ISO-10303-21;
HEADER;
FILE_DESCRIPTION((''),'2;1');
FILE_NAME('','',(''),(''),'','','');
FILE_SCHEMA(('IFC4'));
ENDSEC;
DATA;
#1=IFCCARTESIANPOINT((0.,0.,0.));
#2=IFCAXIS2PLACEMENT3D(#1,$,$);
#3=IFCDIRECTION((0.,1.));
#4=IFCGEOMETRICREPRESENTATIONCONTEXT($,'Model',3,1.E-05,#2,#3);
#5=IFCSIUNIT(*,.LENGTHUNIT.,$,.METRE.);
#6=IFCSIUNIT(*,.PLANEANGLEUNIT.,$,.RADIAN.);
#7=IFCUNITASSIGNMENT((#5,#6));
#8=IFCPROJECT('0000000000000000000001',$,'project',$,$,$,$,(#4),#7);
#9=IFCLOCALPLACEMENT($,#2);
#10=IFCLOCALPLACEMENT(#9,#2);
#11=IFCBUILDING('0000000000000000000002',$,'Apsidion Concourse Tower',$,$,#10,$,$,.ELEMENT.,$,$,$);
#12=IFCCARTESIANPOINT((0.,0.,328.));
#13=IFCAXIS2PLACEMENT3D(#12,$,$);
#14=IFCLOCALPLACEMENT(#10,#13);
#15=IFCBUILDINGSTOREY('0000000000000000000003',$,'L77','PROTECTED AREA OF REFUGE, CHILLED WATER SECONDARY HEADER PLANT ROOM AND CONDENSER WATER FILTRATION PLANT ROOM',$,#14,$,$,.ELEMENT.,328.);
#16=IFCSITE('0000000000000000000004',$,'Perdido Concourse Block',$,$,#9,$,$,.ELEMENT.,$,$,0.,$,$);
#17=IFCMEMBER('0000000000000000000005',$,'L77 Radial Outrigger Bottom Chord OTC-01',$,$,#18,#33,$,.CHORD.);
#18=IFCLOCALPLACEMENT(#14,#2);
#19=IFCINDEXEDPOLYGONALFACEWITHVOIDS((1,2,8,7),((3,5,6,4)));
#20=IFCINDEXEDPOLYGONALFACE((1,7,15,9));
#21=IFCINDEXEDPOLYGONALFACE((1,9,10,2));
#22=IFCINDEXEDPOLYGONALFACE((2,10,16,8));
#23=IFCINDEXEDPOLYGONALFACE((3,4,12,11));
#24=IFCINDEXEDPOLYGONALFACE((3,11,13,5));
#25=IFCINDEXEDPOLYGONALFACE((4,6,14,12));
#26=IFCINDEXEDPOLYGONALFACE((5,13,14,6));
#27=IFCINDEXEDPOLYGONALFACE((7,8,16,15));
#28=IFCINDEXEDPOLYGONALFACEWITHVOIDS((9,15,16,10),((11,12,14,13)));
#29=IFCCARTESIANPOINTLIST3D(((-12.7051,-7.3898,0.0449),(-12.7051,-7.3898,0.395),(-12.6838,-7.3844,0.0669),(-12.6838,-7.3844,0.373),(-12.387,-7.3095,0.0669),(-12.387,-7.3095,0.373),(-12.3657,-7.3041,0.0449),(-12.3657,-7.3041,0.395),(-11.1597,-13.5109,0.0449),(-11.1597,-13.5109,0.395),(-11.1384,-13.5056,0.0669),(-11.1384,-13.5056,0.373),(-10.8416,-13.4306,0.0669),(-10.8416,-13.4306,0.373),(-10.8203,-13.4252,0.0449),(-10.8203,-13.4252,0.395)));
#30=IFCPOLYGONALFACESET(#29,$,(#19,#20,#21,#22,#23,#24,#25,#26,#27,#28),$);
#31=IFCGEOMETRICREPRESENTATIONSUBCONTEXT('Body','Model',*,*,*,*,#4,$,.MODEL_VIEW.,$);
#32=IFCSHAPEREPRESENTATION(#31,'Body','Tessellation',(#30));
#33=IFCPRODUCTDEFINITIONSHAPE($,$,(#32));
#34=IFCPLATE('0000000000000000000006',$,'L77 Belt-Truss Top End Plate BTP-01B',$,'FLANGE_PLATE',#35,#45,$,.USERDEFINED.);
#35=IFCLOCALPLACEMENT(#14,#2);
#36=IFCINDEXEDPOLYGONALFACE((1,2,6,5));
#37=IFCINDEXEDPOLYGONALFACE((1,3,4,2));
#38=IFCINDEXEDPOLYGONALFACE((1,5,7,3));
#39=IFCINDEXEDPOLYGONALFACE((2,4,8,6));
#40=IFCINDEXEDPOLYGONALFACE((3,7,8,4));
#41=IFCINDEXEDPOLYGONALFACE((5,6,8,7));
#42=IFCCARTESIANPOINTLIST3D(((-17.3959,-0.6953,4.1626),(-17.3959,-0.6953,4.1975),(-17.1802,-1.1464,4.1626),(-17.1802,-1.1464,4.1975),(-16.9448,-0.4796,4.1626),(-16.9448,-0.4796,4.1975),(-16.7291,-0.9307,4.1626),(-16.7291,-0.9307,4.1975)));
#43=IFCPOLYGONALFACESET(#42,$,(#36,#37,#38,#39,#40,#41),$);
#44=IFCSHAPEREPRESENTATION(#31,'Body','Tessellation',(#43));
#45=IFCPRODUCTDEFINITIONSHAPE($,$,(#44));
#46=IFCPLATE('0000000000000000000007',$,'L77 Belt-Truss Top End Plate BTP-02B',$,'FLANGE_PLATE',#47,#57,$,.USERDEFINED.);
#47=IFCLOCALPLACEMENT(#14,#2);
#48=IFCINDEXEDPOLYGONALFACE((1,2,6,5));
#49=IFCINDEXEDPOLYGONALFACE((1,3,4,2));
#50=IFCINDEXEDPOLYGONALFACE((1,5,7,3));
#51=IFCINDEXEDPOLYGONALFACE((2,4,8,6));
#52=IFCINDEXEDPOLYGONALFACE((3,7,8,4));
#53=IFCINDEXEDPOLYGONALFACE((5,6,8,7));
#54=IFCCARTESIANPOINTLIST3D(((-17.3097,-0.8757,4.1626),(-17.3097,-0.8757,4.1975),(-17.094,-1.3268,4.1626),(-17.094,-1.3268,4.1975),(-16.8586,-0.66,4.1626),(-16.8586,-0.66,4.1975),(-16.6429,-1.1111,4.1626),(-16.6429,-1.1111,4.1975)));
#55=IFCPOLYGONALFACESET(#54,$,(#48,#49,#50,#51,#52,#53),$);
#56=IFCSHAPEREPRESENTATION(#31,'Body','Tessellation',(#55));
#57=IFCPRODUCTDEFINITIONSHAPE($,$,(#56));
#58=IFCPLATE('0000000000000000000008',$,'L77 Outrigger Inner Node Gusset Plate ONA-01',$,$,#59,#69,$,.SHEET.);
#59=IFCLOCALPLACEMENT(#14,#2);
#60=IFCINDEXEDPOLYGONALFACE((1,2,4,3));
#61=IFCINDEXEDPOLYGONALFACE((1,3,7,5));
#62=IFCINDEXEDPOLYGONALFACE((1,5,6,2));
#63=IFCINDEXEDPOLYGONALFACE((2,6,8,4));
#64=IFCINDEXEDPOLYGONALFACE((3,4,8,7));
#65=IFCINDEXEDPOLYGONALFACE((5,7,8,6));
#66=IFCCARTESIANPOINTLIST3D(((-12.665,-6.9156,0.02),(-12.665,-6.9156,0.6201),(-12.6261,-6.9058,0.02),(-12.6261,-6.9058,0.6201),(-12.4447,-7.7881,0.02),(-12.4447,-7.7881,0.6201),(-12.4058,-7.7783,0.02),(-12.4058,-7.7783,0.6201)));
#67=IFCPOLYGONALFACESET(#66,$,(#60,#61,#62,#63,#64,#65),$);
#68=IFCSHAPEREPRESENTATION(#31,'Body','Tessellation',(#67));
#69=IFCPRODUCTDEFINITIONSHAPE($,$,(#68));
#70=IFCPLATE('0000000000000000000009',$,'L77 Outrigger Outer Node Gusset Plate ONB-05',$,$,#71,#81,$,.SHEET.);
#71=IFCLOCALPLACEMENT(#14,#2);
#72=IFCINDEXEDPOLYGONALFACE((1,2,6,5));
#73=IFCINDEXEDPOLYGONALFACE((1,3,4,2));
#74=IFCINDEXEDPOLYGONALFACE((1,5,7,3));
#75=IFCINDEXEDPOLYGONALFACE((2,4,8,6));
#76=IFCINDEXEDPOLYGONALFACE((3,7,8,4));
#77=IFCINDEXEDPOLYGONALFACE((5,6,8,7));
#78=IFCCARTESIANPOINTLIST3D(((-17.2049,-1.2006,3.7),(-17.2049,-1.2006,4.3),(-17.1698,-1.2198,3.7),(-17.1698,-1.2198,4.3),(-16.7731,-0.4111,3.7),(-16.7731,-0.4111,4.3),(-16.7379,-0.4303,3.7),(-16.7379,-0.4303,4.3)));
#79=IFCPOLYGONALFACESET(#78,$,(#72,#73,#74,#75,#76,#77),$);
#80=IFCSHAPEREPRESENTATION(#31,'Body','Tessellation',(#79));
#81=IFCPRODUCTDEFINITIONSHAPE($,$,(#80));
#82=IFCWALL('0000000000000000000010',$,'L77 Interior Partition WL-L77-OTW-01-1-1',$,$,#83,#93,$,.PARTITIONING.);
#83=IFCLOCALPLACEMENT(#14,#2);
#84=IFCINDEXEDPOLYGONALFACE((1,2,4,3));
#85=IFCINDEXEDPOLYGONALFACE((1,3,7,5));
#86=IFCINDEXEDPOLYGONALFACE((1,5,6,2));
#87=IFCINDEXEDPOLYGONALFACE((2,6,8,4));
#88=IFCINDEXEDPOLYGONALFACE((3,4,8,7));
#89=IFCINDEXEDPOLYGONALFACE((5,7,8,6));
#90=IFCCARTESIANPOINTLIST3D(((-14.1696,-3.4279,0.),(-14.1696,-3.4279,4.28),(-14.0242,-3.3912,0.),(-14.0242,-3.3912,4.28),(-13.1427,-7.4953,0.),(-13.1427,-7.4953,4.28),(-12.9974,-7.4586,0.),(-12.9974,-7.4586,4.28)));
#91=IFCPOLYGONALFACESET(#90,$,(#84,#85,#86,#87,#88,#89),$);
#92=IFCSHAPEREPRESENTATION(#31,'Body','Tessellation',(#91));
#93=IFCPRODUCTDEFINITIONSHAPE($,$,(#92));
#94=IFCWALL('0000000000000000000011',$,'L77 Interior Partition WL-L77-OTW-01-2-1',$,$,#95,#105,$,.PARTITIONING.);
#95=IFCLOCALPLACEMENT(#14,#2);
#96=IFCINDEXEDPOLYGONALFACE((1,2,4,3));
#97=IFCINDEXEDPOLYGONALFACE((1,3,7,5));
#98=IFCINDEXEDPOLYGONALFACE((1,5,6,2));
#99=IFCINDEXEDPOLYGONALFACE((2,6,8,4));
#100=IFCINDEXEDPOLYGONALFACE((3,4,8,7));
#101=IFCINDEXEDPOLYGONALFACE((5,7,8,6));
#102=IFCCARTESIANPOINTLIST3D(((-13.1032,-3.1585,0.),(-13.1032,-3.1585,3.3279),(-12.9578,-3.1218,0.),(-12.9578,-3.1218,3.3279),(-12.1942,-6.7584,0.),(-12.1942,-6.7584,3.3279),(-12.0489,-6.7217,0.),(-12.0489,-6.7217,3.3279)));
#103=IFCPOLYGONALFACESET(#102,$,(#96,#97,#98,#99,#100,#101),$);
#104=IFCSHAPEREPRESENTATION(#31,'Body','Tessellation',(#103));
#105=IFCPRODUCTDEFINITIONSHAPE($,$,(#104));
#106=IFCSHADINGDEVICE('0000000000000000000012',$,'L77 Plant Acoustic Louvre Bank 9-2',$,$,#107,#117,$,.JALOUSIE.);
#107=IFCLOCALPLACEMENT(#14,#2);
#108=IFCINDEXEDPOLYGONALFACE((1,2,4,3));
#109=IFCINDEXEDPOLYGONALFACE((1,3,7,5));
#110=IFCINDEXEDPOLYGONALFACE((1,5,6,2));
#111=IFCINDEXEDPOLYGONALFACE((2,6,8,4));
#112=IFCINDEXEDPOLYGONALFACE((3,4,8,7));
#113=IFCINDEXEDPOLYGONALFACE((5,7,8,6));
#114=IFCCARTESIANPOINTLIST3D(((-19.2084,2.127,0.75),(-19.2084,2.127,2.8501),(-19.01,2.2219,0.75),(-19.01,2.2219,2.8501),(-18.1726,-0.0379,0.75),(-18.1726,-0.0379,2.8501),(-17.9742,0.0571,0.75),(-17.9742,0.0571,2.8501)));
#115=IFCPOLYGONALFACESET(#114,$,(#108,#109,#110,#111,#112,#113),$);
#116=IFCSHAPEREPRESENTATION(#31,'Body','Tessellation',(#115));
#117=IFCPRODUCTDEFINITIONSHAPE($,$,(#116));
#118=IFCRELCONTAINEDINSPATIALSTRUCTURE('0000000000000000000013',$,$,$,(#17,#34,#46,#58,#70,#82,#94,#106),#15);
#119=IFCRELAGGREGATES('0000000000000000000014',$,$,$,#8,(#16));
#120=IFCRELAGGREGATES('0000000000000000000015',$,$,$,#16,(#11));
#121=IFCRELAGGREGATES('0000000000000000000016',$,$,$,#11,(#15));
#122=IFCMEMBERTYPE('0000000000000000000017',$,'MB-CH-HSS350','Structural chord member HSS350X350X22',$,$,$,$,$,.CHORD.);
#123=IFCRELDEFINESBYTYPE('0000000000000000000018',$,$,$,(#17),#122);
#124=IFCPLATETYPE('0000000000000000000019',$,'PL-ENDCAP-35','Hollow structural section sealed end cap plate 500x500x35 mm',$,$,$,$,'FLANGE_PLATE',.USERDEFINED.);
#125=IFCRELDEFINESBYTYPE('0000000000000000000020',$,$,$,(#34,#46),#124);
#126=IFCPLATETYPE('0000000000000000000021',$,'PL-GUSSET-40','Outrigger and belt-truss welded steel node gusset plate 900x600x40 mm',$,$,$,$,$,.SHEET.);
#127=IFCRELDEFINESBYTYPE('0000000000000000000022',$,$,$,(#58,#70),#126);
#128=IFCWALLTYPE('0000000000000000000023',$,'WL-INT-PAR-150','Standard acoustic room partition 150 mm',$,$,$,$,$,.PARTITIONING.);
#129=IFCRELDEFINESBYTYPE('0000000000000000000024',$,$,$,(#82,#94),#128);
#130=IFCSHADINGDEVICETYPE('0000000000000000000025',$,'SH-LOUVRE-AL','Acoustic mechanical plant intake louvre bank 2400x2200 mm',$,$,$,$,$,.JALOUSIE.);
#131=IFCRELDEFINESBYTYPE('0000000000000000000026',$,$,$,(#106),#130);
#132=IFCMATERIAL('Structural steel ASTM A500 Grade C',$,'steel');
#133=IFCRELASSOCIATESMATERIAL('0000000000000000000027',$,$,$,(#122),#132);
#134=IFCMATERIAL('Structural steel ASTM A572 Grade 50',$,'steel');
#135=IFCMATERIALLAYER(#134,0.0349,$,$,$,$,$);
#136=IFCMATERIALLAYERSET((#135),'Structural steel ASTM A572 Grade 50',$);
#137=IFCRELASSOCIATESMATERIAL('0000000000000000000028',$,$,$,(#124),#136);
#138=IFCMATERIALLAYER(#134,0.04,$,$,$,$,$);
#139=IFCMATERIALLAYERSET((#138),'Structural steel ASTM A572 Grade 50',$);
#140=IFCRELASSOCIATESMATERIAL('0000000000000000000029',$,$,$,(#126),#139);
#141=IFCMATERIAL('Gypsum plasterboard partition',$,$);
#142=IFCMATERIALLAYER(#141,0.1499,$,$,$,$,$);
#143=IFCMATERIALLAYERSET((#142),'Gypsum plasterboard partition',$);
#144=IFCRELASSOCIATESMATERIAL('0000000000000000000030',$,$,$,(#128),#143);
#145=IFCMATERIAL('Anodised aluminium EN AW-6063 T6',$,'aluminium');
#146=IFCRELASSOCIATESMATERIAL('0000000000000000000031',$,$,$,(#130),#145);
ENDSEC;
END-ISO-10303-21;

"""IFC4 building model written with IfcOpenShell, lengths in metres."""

from ifc_helpers import new_model, si_unit, direction, frame, frame_2d, origin, origin_2d, place, context, subcontext, project, spatial, rectangle, hollow_rectangle, extrude, material, layer, layer_set, material_profile, profile_set, type_object, element, save


model = new_model("IFC4")

# Units and contexts
model_context = context("Model", 3, precision=1e-05, world=origin(), true_north=direction((0.0, 1.0)))
body_context = subcontext(model_context, "Body", "Model", "MODEL_VIEW")
ifc_project = project(units=[si_unit("LENGTHUNIT", "METRE"), si_unit("PLANEANGLEUNIT", "RADIAN")], contexts=[model_context])

# Site, building, storey
site_placement = place(None, origin())
site = spatial("IfcSite", under=ifc_project, at=site_placement, Name="Perdido Concourse Block", CompositionType="ELEMENT", RefElevation=0.0)
building_placement = place(site_placement, origin())
building = spatial("IfcBuilding", under=site, at=building_placement, Name="Apsidion Concourse Tower", CompositionType="ELEMENT")
storey_placement = place(building_placement, frame((0.0, 0.0, 328.0)))
storey = spatial("IfcBuildingStorey", under=building, at=storey_placement, Name="L77", Description="PROTECTED AREA OF REFUGE, CHILLED WATER SECONDARY HEADER PLANT ROOM AND CONDENSER WATER FILTRATION PLANT ROOM", CompositionType="ELEMENT", Elevation=328.0)

# Member
ifc_material_1 = material(Name="Structural steel ASTM A500 Grade C", Category="steel")
ifc_material_profile_1 = material_profile(ifc_material_1, hollow_rectangle(XDim=0.3501, YDim=0.3501, WallThickness=0.022, at=origin_2d()), Name="HSS350X350X22")
ifc_profile_set_1 = profile_set([ifc_material_profile_1], Name="Structural steel ASTM A500 Grade C")
member_type_1 = type_object("IfcMemberType", Name="MB-CH-HSS350", Description="Structural chord member HSS350X350X22", PredefinedType="CHORD", material=ifc_profile_set_1)
member_1_placement = place(storey_placement, frame((-12.5354, -7.3469, 0.22), z_axis=(0.244792, -0.969576, 0.0), x_axis=(0.969576, 0.244792, 0.0)))
element("IfcMember", 1, at=member_1_placement, inside=storey, type_object=member_type_1, Name="L77 Radial Outrigger Bottom Chord OTC-01", PredefinedType="CHORD", context=body_context, shape_type="SweptSolid", body=[
    extrude(hollow_rectangle(XDim=0.3501, YDim=0.3501, WallThickness=0.022, at=origin_2d()), origin(), (0.0, 0.0, 1.0), 6.3132),
])

# Plates
ifc_material_2 = material(Name="Structural steel ASTM A572 Grade 50", Category="steel")
ifc_layer_1 = layer(ifc_material_2, 0.0349)
ifc_layer_set_1 = layer_set([ifc_layer_1], Name="Structural steel ASTM A572 Grade 50")
plate_type_1 = type_object("IfcPlateType", Name="PL-ENDCAP-35", Description="Hollow structural section sealed end cap plate 500x500x35 mm", ElementType="FLANGE_PLATE", PredefinedType="USERDEFINED", material=ifc_layer_set_1)
for number, where, z_axis, x_axis, name in (
    (2, (-17.0625, -0.813, 4.1626), (0.0, 0.0, 1.0), (-0.431299, 0.902209, 0.0), "L77 Belt-Truss Top End Plate BTP-01B"),
    (3, (-16.9763, -0.9934, 4.1626), (0.0, 0.0, 1.0), (-0.431299, 0.902209, 0.0), "L77 Belt-Truss Top End Plate BTP-02B"),
):
    element("IfcPlate", number, at=place(storey_placement, frame(where, z_axis=z_axis, x_axis=x_axis)), inside=storey, type_object=plate_type_1, Name=name, ObjectType="FLANGE_PLATE", PredefinedType="USERDEFINED", context=body_context, shape_type="SweptSolid", body=[
        extrude(rectangle(XDim=0.5, YDim=0.5, at=origin_2d()), origin(), (0.0, 0.0, 1.0), 0.0349),
    ])
ifc_layer_2 = layer(ifc_material_2, 0.04)
ifc_layer_set_2 = layer_set([ifc_layer_2], Name="Structural steel ASTM A572 Grade 50")
plate_type_2 = type_object("IfcPlateType", Name="PL-GUSSET-40", Description="Outrigger and belt-truss welded steel node gusset plate 900x600x40 mm", PredefinedType="SHEET", material=ifc_layer_set_2)
for number, where, z_axis, x_axis, name in (
    (4, (-12.5354, -7.3469, 0.02), (0.0, 0.0, 1.0), (-0.2448, 0.969574, 0.0), "L77 Outrigger Inner Node Gusset Plate ONA-01"),
    (5, (-16.9714, -0.8154, 3.7), (0.0, 0.0, 1.0), (0.479917, 0.877314, 0.0), "L77 Outrigger Outer Node Gusset Plate ONB-05"),
):
    element("IfcPlate", number, at=place(storey_placement, frame(where, z_axis=z_axis, x_axis=x_axis)), inside=storey, type_object=plate_type_2, Name=name, PredefinedType="SHEET", context=body_context, shape_type="SweptSolid", body=[
        extrude(rectangle(XDim=0.8999, YDim=0.04, at=origin_2d()), origin(), (0.0, 0.0, 1.0), 0.6001),
    ])

# Walls
ifc_material_3 = material(Name="Gypsum plasterboard partition")
ifc_layer_3 = layer(ifc_material_3, 0.1499)
ifc_layer_set_3 = layer_set([ifc_layer_3], Name="Gypsum plasterboard partition")
wall_type = type_object("IfcWallType", Name="WL-INT-PAR-150", Description="Standard acoustic room partition 150 mm", PredefinedType="PARTITIONING", material=ifc_layer_set_3)
wall_1_placement = place(storey_placement, frame((-14.0969, -3.4094, 0.0), z_axis=(0.0, 0.0, 1.0), x_axis=(0.244781, -0.969578, 0.0)))
element("IfcWall", 6, at=wall_1_placement, inside=storey, type_object=wall_type, Name="L77 Interior Partition WL-L77-OTW-01-1-1", PredefinedType="PARTITIONING", context=body_context, shape_type="SweptSolid", body=[
    extrude(rectangle(XDim=4.1951, YDim=0.1499, at=frame_2d((2.0977, 0.0))), origin(), (0.0, 0.0, 1.0), 4.28),
])
wall_2_placement = place(storey_placement, frame((-13.0305, -3.1401, 0.0), z_axis=(0.0, 0.0, 1.0), x_axis=(0.244809, -0.969571, 0.0)))
element("IfcWall", 7, at=wall_2_placement, inside=storey, type_object=wall_type, Name="L77 Interior Partition WL-L77-OTW-01-2-1", PredefinedType="PARTITIONING", context=body_context, shape_type="SweptSolid", body=[
    extrude(rectangle(XDim=3.7129, YDim=0.1499, at=frame_2d((1.8564, 0.0))), origin(), (0.0, 0.0, 1.0), 3.3279),
])

# Shading device
ifc_material_4 = material(Name="Anodised aluminium EN AW-6063 T6", Category="aluminium")
shading_device_type = type_object("IfcShadingDeviceType", Name="SH-LOUVRE-AL", Description="Acoustic mechanical plant intake louvre bank 2400x2200 mm", PredefinedType="JALOUSIE", material=ifc_material_4)
shading_device_placement = place(storey_placement, frame((-18.5913, 1.092, 0.75), z_axis=(0.0, 0.0, 1.0), x_axis=(-0.431613, 0.902059, 0.0)))
element("IfcShadingDevice", 8, at=shading_device_placement, inside=storey, type_object=shading_device_type, Name="L77 Plant Acoustic Louvre Bank 9-2", PredefinedType="JALOUSIE", context=body_context, shape_type="SweptSolid", body=[
    extrude(rectangle(XDim=2.3999, YDim=0.22, at=origin_2d()), origin(), (0.0, 0.0, 1.0), 2.1001),
])

save(model, "model.ifc")
